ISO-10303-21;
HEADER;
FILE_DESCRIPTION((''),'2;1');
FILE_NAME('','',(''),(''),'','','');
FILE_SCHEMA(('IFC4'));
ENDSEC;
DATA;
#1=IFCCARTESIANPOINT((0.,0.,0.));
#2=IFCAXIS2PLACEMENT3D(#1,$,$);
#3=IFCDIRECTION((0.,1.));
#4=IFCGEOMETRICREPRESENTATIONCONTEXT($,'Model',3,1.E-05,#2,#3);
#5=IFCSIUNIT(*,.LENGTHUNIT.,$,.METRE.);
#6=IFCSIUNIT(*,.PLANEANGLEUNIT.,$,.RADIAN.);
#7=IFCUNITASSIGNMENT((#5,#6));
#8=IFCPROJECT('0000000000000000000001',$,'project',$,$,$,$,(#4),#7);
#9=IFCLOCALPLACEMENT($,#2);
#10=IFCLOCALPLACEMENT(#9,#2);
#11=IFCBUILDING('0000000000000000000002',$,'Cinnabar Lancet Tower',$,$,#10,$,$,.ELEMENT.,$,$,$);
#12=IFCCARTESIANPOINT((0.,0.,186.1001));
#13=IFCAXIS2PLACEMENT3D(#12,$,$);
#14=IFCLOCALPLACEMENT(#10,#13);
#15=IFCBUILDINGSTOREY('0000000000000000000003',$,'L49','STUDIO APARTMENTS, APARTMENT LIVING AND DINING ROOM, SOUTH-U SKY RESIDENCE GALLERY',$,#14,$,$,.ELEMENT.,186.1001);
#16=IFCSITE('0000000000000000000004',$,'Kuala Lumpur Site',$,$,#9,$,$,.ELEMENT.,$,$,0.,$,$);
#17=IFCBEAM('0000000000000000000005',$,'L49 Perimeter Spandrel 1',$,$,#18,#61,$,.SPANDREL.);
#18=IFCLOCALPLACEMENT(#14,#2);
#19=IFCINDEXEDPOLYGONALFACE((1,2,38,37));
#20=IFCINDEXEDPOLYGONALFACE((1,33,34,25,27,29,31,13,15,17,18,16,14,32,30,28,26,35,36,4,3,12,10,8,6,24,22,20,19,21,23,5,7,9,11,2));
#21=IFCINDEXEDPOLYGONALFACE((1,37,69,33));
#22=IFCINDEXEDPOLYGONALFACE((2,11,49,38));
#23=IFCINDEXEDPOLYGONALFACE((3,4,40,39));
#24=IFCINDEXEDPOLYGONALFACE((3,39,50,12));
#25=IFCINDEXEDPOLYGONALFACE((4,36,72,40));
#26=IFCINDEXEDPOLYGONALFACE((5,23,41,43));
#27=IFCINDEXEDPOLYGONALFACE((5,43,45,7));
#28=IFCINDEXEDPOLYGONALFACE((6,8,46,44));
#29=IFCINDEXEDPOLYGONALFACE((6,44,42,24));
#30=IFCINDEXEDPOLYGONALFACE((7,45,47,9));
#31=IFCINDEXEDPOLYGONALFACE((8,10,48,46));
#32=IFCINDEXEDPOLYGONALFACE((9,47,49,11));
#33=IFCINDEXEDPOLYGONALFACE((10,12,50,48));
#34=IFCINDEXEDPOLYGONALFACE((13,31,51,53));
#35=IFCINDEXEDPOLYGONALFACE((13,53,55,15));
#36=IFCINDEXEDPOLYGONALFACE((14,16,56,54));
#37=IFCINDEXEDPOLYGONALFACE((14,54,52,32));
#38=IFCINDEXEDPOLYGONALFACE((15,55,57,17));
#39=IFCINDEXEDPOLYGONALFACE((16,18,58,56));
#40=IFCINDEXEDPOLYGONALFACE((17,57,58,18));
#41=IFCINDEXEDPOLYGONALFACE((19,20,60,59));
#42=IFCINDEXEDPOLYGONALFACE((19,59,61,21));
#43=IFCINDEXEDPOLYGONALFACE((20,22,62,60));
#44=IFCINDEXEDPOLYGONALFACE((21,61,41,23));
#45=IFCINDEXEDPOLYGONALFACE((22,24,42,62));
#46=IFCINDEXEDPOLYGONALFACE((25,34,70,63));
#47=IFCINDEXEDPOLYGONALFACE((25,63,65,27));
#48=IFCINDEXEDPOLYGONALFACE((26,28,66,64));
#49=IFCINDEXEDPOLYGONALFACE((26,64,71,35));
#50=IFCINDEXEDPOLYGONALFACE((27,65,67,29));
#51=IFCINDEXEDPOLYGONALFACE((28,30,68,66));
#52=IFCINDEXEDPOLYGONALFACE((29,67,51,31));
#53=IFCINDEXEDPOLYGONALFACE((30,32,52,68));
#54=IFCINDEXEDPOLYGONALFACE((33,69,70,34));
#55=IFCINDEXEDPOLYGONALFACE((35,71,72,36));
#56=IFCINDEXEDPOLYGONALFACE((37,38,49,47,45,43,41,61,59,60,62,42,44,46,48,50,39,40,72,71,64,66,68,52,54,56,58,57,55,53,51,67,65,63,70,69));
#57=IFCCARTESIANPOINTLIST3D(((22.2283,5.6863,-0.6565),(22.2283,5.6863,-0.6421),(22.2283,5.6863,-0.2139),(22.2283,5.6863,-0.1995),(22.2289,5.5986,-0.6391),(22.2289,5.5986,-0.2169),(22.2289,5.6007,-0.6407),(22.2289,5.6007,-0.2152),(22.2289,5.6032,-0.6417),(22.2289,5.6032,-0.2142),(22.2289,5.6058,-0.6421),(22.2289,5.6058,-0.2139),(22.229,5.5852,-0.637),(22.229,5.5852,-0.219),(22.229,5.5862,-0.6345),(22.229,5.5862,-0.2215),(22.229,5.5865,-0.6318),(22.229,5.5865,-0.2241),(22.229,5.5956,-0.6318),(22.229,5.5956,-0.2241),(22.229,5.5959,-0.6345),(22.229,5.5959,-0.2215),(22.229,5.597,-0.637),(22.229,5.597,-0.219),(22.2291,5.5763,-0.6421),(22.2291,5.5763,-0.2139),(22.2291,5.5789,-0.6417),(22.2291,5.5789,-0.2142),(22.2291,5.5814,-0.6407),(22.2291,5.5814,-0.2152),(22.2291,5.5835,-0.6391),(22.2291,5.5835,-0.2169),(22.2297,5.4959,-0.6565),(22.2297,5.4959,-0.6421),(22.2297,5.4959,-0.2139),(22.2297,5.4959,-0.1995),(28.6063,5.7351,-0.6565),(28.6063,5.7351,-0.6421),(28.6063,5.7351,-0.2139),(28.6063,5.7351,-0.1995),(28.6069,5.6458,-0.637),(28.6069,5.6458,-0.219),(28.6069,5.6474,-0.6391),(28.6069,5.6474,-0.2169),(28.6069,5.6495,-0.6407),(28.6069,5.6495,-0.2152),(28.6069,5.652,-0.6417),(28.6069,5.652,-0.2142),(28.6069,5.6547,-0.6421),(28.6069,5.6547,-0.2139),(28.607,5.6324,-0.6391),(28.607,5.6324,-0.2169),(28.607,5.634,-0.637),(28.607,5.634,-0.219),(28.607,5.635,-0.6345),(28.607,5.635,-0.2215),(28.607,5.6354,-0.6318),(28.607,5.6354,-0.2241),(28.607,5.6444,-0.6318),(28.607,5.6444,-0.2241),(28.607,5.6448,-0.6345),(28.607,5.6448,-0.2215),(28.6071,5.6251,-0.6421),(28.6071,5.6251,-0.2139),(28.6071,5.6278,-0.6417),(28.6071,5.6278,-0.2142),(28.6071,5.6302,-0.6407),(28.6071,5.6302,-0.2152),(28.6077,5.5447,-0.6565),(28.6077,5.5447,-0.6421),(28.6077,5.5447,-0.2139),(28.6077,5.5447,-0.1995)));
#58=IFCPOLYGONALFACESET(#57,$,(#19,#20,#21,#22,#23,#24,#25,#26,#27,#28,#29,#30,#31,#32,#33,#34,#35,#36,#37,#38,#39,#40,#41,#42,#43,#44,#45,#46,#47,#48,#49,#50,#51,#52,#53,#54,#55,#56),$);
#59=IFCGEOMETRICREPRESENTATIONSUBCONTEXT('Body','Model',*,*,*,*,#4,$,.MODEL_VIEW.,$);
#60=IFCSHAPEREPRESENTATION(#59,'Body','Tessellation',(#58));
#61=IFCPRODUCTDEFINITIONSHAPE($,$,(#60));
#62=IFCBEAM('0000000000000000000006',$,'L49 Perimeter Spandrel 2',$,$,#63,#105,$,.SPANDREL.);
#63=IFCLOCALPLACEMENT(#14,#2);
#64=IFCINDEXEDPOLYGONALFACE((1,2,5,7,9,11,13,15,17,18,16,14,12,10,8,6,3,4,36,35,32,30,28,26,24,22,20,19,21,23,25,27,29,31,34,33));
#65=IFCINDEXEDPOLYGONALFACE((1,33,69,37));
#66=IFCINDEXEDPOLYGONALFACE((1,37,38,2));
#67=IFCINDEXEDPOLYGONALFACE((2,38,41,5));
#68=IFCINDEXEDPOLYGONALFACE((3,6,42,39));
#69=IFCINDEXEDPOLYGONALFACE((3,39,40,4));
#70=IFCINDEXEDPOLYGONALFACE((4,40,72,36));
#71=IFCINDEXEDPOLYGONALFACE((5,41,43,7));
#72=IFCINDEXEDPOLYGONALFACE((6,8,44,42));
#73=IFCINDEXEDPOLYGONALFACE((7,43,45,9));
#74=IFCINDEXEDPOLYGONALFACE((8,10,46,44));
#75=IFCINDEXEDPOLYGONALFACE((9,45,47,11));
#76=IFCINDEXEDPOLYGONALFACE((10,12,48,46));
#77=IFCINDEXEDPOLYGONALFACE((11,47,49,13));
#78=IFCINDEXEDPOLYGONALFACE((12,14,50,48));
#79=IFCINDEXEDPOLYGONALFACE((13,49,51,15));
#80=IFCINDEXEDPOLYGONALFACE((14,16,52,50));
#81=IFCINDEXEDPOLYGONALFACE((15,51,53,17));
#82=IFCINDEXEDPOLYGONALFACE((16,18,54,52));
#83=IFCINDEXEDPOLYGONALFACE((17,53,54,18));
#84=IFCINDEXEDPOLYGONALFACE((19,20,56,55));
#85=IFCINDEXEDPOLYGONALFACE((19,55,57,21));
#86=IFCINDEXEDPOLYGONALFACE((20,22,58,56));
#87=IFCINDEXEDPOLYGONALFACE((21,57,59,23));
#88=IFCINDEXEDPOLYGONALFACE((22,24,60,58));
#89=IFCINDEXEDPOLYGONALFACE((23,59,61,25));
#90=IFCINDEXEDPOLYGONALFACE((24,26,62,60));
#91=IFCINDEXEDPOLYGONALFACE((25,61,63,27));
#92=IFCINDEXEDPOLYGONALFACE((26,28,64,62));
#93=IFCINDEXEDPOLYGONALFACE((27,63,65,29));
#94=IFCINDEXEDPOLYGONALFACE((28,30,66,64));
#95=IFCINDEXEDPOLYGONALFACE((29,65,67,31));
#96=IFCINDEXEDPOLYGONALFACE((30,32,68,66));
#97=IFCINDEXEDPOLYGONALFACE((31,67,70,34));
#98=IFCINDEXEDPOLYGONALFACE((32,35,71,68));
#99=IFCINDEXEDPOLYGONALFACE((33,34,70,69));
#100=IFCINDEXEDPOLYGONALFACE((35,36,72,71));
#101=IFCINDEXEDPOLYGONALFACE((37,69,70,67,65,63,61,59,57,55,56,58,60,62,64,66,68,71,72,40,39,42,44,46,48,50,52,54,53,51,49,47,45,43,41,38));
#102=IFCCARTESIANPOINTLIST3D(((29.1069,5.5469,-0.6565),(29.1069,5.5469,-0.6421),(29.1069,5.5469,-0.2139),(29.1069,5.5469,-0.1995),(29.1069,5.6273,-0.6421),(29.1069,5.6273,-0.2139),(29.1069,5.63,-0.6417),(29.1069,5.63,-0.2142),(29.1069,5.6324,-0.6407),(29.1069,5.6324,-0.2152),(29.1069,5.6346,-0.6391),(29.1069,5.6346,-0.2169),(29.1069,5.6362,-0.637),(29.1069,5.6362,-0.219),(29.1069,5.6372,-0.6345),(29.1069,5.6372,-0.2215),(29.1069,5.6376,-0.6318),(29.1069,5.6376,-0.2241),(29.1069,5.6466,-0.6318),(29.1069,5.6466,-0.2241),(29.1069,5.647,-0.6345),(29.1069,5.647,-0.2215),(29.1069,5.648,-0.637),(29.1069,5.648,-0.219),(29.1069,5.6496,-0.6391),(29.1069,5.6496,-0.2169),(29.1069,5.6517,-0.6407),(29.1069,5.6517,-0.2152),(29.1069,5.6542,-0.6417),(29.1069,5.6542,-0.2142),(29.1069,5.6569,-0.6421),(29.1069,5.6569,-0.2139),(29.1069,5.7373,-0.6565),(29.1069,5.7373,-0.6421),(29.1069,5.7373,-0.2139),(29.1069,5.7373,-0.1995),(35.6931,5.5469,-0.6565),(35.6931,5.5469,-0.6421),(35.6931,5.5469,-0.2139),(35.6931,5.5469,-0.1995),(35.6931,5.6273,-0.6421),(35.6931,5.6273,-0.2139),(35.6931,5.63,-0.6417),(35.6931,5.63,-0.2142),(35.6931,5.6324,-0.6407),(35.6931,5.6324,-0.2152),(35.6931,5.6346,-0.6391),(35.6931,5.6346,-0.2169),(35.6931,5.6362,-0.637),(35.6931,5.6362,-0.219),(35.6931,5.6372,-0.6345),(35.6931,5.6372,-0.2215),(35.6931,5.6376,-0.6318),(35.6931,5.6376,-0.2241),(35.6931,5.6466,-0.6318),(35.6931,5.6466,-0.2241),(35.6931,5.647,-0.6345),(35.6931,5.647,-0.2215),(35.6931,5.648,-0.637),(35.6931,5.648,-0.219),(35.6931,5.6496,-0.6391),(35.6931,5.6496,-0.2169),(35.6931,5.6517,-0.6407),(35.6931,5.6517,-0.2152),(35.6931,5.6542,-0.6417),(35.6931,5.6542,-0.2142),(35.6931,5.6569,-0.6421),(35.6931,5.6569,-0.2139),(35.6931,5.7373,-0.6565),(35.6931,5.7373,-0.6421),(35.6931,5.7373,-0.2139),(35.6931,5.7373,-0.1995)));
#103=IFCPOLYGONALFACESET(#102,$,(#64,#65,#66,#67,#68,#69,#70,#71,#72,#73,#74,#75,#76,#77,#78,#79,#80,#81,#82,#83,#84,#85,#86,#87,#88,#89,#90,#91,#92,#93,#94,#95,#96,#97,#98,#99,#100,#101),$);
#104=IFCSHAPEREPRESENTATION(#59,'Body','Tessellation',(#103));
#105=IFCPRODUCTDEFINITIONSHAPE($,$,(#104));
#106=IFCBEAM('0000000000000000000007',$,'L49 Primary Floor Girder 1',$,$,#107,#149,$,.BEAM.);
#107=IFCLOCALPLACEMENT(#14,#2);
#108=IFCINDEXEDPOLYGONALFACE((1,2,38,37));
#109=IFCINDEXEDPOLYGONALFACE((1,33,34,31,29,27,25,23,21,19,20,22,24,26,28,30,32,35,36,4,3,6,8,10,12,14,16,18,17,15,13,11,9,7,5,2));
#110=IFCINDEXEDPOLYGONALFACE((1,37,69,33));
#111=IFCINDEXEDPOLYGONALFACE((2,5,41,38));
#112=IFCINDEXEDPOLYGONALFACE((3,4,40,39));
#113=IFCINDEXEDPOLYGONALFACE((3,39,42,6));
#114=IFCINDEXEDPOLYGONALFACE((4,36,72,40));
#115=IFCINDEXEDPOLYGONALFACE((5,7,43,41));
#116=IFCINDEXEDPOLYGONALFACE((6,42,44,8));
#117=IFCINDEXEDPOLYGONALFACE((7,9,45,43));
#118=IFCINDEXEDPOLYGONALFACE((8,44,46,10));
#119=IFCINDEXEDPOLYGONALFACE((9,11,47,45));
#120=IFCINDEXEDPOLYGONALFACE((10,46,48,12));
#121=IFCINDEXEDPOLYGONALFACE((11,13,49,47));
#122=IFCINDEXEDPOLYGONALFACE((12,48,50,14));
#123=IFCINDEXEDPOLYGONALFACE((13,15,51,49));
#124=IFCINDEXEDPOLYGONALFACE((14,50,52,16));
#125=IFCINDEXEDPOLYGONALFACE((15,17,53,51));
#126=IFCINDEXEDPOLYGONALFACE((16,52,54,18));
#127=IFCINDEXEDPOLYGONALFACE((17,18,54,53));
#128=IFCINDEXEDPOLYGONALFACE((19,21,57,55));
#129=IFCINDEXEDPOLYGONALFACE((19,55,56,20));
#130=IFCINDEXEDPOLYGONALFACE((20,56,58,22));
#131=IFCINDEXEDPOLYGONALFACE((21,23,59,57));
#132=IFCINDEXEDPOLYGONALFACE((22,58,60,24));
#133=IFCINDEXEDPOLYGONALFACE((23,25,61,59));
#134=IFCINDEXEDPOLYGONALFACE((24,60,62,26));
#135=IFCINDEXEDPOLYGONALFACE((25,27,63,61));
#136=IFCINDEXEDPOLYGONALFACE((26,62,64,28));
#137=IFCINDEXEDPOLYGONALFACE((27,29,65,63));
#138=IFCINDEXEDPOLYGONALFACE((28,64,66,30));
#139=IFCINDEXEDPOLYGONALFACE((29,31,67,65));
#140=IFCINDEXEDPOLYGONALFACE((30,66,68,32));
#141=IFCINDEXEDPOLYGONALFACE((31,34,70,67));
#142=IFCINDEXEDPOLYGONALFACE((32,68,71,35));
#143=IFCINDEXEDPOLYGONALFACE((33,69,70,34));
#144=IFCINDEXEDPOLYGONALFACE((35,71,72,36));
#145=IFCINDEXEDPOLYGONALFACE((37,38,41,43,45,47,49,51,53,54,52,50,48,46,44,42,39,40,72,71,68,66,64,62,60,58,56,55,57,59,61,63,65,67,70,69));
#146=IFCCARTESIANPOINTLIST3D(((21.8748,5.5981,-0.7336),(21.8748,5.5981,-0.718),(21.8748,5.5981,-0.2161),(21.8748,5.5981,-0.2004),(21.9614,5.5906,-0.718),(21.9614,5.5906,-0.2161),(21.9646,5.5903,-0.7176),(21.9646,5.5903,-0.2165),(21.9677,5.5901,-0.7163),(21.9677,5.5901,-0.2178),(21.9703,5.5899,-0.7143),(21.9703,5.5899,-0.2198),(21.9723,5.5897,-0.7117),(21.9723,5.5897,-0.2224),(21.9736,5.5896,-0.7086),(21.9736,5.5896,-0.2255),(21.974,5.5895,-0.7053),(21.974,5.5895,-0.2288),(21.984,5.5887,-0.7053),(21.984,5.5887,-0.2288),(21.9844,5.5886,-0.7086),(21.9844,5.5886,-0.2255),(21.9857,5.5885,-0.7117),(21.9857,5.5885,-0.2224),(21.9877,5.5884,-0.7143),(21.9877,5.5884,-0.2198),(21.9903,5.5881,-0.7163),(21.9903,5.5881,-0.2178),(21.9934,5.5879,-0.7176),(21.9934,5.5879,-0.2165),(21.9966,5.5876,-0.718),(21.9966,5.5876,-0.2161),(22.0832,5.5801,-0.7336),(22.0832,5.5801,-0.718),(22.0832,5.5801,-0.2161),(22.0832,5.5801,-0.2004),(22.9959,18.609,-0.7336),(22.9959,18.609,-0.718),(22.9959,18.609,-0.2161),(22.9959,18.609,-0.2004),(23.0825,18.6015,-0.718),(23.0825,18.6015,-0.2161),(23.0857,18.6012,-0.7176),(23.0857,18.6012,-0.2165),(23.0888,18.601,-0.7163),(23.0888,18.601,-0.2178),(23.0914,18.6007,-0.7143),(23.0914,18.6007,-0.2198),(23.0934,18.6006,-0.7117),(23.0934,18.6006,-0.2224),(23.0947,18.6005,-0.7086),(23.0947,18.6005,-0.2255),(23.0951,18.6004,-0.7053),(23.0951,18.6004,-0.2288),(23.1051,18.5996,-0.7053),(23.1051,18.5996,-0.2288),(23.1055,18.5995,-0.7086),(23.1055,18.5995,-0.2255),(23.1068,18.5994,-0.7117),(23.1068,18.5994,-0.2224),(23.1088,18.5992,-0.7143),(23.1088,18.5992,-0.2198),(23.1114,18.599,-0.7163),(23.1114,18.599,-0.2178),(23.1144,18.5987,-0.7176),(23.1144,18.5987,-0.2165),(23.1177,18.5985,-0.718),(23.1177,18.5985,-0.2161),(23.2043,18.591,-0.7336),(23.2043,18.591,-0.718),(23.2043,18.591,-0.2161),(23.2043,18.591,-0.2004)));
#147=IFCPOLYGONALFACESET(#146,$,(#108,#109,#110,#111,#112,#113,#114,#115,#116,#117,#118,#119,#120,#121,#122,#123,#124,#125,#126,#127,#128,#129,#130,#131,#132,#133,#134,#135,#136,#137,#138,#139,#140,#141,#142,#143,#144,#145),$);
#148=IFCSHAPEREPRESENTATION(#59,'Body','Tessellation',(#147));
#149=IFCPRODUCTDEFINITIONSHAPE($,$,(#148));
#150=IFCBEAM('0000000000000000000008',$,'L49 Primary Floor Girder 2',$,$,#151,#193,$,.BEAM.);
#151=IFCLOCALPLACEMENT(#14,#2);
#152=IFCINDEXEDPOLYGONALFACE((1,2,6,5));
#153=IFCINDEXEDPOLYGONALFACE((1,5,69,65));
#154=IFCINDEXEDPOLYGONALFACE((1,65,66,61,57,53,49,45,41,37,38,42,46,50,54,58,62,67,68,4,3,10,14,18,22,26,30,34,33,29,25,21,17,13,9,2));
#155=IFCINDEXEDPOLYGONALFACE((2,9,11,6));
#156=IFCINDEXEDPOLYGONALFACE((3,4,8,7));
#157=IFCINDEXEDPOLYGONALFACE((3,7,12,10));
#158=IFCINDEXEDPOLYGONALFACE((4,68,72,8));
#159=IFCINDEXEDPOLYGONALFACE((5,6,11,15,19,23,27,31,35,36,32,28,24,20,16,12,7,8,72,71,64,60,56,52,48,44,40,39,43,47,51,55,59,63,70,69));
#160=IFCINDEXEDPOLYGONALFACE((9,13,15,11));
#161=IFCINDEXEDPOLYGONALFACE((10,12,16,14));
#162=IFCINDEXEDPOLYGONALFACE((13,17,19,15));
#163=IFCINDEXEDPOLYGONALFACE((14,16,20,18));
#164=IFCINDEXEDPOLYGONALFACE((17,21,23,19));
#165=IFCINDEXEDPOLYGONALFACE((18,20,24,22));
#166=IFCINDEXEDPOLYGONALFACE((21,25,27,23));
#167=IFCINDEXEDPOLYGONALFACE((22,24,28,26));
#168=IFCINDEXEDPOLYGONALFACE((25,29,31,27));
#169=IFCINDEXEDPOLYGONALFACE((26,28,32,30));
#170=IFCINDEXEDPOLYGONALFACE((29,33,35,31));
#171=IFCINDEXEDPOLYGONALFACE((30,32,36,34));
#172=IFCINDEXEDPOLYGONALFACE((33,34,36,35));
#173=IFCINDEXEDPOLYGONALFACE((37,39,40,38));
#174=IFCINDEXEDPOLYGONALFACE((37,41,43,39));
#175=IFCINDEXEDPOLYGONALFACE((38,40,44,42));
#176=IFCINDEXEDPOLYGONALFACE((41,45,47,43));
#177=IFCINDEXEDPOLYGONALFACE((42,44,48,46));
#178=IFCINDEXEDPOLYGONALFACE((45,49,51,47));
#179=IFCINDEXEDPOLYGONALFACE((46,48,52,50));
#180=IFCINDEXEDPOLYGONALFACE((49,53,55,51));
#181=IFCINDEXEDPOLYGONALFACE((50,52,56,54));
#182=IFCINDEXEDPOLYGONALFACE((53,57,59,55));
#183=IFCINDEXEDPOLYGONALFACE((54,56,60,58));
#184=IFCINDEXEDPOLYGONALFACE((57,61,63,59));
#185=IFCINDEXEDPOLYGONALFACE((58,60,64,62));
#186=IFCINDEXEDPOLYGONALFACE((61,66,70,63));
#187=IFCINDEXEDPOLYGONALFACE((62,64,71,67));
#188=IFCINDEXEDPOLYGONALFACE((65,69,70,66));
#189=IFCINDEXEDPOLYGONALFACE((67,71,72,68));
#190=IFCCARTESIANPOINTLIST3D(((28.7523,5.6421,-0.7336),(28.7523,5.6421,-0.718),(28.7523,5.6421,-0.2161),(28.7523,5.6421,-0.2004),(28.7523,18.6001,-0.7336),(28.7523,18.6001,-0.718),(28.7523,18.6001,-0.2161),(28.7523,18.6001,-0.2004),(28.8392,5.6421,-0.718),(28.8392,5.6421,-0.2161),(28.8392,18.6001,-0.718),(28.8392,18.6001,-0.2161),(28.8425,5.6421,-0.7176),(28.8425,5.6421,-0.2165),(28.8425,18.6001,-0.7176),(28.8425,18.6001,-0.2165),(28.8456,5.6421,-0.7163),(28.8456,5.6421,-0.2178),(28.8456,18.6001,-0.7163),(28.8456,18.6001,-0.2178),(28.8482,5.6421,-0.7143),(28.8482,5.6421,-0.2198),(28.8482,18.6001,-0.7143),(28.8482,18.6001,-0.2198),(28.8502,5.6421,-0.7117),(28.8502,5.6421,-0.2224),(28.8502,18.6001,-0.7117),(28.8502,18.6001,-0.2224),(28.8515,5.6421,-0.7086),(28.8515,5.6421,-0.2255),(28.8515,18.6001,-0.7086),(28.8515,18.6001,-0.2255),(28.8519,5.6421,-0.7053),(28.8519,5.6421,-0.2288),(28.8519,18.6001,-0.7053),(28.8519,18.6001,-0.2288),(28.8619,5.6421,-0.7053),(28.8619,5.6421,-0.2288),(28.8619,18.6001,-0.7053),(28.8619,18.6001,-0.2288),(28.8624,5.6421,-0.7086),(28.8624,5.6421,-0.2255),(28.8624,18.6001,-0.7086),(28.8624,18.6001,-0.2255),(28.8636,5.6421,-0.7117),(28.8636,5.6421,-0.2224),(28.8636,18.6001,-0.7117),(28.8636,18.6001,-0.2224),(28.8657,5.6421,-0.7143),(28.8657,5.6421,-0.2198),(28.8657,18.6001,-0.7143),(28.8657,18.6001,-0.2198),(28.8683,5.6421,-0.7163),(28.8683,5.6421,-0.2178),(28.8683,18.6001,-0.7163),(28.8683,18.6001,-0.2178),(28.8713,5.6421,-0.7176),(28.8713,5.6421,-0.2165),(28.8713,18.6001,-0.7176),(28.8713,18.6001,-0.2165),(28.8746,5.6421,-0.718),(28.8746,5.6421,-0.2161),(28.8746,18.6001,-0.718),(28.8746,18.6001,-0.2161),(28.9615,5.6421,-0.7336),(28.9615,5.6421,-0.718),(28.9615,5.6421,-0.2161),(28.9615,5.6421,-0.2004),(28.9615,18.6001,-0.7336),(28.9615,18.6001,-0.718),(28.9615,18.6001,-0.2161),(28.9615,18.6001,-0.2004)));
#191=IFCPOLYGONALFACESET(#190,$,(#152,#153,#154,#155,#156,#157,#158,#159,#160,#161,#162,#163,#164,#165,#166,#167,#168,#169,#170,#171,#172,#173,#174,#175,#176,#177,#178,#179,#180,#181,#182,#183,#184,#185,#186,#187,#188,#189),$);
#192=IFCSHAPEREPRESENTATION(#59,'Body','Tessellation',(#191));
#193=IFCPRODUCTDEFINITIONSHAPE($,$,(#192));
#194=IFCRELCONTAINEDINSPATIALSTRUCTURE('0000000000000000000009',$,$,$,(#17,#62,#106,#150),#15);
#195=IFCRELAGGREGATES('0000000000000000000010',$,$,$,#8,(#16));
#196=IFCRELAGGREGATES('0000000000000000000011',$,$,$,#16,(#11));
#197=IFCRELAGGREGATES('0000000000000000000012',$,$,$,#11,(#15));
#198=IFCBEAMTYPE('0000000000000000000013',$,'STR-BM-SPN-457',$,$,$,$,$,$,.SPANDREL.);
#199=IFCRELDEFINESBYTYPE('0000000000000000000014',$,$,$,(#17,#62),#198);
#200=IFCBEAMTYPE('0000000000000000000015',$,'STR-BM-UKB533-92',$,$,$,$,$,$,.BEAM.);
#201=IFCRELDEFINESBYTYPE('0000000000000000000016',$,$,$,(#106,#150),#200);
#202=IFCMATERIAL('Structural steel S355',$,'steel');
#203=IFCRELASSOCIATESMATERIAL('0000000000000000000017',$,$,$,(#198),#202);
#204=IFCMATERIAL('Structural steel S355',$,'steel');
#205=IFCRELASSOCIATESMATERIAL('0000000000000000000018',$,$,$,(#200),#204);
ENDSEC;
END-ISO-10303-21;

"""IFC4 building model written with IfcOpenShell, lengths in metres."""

from ifc_helpers import new_model, si_unit, direction, frame, origin, origin_2d, place, context, subcontext, project, spatial, i_section, extrude, material, material_profile, profile_set, type_object, element, save


model = new_model("IFC4")

# Units and contexts
model_context = context("Model", 3, precision=1e-05, world=origin(), true_north=direction((0.0, 1.0)))
body_context = subcontext(model_context, "Body", "Model", "MODEL_VIEW")
ifc_project = project(units=[si_unit("LENGTHUNIT", "METRE"), si_unit("PLANEANGLEUNIT", "RADIAN")], contexts=[model_context])

# Site, building, storey
site_placement = place(None, origin())
site = spatial("IfcSite", under=ifc_project, at=site_placement, Name="Kuala Lumpur Site", CompositionType="ELEMENT", RefElevation=0.0)
building_placement = place(site_placement, origin())
building = spatial("IfcBuilding", under=site, at=building_placement, Name="Cinnabar Lancet Tower", CompositionType="ELEMENT")
storey_placement = place(building_placement, frame((0.0, 0.0, 186.1001)))
storey = spatial("IfcBuildingStorey", under=building, at=storey_placement, Name="L49", Description="STUDIO APARTMENTS, APARTMENT LIVING AND DINING ROOM, SOUTH-U SKY RESIDENCE GALLERY", CompositionType="ELEMENT", Elevation=186.1001)

# Beams
ifc_material_1 = material(Name="Structural steel S355", Category="steel")
ifc_material_profile_1 = material_profile(ifc_material_1, i_section(OverallWidth=0.1904, OverallDepth=0.457, WebThickness=0.009, FlangeThickness=0.0144, FilletRadius=0.0103, at=origin_2d()), Name="UKB 457x191x74")
ifc_profile_set_1 = profile_set([ifc_material_profile_1], Name="Structural steel S355")
beam_type_1 = type_object("IfcBeamType", Name="STR-BM-SPN-457", PredefinedType="SPANDREL", material=ifc_profile_set_1)
beam_1_placement = place(storey_placement, frame((22.229, 5.5911, -0.428), z_axis=(0.999971, 0.007656, 0.0), x_axis=(-0.007656, 0.999971, 0.0)))
element("IfcBeam", 1, at=beam_1_placement, inside=storey, type_object=beam_type_1, Name="L49 Perimeter Spandrel 1", PredefinedType="SPANDREL", context=body_context, shape_type="SweptSolid", body=[
    extrude(i_section(OverallWidth=0.1904, OverallDepth=0.457, WebThickness=0.009, FlangeThickness=0.0144, FilletRadius=0.0103, at=origin_2d()), origin(), (0.0, 0.0, 1.0), 6.3782),
])
beam_2_placement = place(storey_placement, frame((29.1069, 5.6421, -0.428), z_axis=(1.0, 0.0, 0.0), x_axis=(0.0, 1.0, 0.0)))
element("IfcBeam", 2, at=beam_2_placement, inside=storey, type_object=beam_type_1, Name="L49 Perimeter Spandrel 2", PredefinedType="SPANDREL", context=body_context, shape_type="SweptSolid", body=[
    extrude(i_section(OverallWidth=0.1904, OverallDepth=0.457, WebThickness=0.009, FlangeThickness=0.0144, FilletRadius=0.0103, at=origin_2d()), origin(), (0.0, 0.0, 1.0), 6.5862),
])
ifc_material_2 = material(Name="Structural steel S355", Category="steel")
ifc_material_profile_2 = material_profile(ifc_material_2, i_section(OverallWidth=0.2092, OverallDepth=0.5332, WebThickness=0.01, FlangeThickness=0.0156, FilletRadius=0.0127, at=origin_2d()), Name="UKB 533x210x92")
ifc_profile_set_2 = profile_set([ifc_material_profile_2], Name="Structural steel S355")
beam_type_2 = type_object("IfcBeamType", Name="STR-BM-UKB533-92", PredefinedType="BEAM", material=ifc_profile_set_2)
beam_3_placement = place(storey_placement, frame((21.979, 5.5891, -0.467), z_axis=(0.085847, 0.996308, 0.0), x_axis=(-0.996308, 0.085847, 0.0)))
element("IfcBeam", 3, at=beam_3_placement, inside=storey, type_object=beam_type_2, Name="L49 Primary Floor Girder 1", PredefinedType="BEAM", context=body_context, shape_type="SweptSolid", body=[
    extrude(i_section(OverallWidth=0.2092, OverallDepth=0.5332, WebThickness=0.01, FlangeThickness=0.0156, FilletRadius=0.0127, at=origin_2d()), origin(), (0.0, 0.0, 1.0), 13.0591),
])
beam_4_placement = place(storey_placement, frame((28.8569, 5.6421, -0.467), z_axis=(0.0, 1.0, 0.0), x_axis=(-1.0, 0.0, 0.0)))
element("IfcBeam", 4, at=beam_4_placement, inside=storey, type_object=beam_type_2, Name="L49 Primary Floor Girder 2", PredefinedType="BEAM", context=body_context, shape_type="SweptSolid", body=[
    extrude(i_section(OverallWidth=0.2092, OverallDepth=0.5332, WebThickness=0.01, FlangeThickness=0.0156, FilletRadius=0.0127, at=origin_2d()), origin(), (0.0, 0.0, 1.0), 12.958),
])

save(model, "model.ifc")
